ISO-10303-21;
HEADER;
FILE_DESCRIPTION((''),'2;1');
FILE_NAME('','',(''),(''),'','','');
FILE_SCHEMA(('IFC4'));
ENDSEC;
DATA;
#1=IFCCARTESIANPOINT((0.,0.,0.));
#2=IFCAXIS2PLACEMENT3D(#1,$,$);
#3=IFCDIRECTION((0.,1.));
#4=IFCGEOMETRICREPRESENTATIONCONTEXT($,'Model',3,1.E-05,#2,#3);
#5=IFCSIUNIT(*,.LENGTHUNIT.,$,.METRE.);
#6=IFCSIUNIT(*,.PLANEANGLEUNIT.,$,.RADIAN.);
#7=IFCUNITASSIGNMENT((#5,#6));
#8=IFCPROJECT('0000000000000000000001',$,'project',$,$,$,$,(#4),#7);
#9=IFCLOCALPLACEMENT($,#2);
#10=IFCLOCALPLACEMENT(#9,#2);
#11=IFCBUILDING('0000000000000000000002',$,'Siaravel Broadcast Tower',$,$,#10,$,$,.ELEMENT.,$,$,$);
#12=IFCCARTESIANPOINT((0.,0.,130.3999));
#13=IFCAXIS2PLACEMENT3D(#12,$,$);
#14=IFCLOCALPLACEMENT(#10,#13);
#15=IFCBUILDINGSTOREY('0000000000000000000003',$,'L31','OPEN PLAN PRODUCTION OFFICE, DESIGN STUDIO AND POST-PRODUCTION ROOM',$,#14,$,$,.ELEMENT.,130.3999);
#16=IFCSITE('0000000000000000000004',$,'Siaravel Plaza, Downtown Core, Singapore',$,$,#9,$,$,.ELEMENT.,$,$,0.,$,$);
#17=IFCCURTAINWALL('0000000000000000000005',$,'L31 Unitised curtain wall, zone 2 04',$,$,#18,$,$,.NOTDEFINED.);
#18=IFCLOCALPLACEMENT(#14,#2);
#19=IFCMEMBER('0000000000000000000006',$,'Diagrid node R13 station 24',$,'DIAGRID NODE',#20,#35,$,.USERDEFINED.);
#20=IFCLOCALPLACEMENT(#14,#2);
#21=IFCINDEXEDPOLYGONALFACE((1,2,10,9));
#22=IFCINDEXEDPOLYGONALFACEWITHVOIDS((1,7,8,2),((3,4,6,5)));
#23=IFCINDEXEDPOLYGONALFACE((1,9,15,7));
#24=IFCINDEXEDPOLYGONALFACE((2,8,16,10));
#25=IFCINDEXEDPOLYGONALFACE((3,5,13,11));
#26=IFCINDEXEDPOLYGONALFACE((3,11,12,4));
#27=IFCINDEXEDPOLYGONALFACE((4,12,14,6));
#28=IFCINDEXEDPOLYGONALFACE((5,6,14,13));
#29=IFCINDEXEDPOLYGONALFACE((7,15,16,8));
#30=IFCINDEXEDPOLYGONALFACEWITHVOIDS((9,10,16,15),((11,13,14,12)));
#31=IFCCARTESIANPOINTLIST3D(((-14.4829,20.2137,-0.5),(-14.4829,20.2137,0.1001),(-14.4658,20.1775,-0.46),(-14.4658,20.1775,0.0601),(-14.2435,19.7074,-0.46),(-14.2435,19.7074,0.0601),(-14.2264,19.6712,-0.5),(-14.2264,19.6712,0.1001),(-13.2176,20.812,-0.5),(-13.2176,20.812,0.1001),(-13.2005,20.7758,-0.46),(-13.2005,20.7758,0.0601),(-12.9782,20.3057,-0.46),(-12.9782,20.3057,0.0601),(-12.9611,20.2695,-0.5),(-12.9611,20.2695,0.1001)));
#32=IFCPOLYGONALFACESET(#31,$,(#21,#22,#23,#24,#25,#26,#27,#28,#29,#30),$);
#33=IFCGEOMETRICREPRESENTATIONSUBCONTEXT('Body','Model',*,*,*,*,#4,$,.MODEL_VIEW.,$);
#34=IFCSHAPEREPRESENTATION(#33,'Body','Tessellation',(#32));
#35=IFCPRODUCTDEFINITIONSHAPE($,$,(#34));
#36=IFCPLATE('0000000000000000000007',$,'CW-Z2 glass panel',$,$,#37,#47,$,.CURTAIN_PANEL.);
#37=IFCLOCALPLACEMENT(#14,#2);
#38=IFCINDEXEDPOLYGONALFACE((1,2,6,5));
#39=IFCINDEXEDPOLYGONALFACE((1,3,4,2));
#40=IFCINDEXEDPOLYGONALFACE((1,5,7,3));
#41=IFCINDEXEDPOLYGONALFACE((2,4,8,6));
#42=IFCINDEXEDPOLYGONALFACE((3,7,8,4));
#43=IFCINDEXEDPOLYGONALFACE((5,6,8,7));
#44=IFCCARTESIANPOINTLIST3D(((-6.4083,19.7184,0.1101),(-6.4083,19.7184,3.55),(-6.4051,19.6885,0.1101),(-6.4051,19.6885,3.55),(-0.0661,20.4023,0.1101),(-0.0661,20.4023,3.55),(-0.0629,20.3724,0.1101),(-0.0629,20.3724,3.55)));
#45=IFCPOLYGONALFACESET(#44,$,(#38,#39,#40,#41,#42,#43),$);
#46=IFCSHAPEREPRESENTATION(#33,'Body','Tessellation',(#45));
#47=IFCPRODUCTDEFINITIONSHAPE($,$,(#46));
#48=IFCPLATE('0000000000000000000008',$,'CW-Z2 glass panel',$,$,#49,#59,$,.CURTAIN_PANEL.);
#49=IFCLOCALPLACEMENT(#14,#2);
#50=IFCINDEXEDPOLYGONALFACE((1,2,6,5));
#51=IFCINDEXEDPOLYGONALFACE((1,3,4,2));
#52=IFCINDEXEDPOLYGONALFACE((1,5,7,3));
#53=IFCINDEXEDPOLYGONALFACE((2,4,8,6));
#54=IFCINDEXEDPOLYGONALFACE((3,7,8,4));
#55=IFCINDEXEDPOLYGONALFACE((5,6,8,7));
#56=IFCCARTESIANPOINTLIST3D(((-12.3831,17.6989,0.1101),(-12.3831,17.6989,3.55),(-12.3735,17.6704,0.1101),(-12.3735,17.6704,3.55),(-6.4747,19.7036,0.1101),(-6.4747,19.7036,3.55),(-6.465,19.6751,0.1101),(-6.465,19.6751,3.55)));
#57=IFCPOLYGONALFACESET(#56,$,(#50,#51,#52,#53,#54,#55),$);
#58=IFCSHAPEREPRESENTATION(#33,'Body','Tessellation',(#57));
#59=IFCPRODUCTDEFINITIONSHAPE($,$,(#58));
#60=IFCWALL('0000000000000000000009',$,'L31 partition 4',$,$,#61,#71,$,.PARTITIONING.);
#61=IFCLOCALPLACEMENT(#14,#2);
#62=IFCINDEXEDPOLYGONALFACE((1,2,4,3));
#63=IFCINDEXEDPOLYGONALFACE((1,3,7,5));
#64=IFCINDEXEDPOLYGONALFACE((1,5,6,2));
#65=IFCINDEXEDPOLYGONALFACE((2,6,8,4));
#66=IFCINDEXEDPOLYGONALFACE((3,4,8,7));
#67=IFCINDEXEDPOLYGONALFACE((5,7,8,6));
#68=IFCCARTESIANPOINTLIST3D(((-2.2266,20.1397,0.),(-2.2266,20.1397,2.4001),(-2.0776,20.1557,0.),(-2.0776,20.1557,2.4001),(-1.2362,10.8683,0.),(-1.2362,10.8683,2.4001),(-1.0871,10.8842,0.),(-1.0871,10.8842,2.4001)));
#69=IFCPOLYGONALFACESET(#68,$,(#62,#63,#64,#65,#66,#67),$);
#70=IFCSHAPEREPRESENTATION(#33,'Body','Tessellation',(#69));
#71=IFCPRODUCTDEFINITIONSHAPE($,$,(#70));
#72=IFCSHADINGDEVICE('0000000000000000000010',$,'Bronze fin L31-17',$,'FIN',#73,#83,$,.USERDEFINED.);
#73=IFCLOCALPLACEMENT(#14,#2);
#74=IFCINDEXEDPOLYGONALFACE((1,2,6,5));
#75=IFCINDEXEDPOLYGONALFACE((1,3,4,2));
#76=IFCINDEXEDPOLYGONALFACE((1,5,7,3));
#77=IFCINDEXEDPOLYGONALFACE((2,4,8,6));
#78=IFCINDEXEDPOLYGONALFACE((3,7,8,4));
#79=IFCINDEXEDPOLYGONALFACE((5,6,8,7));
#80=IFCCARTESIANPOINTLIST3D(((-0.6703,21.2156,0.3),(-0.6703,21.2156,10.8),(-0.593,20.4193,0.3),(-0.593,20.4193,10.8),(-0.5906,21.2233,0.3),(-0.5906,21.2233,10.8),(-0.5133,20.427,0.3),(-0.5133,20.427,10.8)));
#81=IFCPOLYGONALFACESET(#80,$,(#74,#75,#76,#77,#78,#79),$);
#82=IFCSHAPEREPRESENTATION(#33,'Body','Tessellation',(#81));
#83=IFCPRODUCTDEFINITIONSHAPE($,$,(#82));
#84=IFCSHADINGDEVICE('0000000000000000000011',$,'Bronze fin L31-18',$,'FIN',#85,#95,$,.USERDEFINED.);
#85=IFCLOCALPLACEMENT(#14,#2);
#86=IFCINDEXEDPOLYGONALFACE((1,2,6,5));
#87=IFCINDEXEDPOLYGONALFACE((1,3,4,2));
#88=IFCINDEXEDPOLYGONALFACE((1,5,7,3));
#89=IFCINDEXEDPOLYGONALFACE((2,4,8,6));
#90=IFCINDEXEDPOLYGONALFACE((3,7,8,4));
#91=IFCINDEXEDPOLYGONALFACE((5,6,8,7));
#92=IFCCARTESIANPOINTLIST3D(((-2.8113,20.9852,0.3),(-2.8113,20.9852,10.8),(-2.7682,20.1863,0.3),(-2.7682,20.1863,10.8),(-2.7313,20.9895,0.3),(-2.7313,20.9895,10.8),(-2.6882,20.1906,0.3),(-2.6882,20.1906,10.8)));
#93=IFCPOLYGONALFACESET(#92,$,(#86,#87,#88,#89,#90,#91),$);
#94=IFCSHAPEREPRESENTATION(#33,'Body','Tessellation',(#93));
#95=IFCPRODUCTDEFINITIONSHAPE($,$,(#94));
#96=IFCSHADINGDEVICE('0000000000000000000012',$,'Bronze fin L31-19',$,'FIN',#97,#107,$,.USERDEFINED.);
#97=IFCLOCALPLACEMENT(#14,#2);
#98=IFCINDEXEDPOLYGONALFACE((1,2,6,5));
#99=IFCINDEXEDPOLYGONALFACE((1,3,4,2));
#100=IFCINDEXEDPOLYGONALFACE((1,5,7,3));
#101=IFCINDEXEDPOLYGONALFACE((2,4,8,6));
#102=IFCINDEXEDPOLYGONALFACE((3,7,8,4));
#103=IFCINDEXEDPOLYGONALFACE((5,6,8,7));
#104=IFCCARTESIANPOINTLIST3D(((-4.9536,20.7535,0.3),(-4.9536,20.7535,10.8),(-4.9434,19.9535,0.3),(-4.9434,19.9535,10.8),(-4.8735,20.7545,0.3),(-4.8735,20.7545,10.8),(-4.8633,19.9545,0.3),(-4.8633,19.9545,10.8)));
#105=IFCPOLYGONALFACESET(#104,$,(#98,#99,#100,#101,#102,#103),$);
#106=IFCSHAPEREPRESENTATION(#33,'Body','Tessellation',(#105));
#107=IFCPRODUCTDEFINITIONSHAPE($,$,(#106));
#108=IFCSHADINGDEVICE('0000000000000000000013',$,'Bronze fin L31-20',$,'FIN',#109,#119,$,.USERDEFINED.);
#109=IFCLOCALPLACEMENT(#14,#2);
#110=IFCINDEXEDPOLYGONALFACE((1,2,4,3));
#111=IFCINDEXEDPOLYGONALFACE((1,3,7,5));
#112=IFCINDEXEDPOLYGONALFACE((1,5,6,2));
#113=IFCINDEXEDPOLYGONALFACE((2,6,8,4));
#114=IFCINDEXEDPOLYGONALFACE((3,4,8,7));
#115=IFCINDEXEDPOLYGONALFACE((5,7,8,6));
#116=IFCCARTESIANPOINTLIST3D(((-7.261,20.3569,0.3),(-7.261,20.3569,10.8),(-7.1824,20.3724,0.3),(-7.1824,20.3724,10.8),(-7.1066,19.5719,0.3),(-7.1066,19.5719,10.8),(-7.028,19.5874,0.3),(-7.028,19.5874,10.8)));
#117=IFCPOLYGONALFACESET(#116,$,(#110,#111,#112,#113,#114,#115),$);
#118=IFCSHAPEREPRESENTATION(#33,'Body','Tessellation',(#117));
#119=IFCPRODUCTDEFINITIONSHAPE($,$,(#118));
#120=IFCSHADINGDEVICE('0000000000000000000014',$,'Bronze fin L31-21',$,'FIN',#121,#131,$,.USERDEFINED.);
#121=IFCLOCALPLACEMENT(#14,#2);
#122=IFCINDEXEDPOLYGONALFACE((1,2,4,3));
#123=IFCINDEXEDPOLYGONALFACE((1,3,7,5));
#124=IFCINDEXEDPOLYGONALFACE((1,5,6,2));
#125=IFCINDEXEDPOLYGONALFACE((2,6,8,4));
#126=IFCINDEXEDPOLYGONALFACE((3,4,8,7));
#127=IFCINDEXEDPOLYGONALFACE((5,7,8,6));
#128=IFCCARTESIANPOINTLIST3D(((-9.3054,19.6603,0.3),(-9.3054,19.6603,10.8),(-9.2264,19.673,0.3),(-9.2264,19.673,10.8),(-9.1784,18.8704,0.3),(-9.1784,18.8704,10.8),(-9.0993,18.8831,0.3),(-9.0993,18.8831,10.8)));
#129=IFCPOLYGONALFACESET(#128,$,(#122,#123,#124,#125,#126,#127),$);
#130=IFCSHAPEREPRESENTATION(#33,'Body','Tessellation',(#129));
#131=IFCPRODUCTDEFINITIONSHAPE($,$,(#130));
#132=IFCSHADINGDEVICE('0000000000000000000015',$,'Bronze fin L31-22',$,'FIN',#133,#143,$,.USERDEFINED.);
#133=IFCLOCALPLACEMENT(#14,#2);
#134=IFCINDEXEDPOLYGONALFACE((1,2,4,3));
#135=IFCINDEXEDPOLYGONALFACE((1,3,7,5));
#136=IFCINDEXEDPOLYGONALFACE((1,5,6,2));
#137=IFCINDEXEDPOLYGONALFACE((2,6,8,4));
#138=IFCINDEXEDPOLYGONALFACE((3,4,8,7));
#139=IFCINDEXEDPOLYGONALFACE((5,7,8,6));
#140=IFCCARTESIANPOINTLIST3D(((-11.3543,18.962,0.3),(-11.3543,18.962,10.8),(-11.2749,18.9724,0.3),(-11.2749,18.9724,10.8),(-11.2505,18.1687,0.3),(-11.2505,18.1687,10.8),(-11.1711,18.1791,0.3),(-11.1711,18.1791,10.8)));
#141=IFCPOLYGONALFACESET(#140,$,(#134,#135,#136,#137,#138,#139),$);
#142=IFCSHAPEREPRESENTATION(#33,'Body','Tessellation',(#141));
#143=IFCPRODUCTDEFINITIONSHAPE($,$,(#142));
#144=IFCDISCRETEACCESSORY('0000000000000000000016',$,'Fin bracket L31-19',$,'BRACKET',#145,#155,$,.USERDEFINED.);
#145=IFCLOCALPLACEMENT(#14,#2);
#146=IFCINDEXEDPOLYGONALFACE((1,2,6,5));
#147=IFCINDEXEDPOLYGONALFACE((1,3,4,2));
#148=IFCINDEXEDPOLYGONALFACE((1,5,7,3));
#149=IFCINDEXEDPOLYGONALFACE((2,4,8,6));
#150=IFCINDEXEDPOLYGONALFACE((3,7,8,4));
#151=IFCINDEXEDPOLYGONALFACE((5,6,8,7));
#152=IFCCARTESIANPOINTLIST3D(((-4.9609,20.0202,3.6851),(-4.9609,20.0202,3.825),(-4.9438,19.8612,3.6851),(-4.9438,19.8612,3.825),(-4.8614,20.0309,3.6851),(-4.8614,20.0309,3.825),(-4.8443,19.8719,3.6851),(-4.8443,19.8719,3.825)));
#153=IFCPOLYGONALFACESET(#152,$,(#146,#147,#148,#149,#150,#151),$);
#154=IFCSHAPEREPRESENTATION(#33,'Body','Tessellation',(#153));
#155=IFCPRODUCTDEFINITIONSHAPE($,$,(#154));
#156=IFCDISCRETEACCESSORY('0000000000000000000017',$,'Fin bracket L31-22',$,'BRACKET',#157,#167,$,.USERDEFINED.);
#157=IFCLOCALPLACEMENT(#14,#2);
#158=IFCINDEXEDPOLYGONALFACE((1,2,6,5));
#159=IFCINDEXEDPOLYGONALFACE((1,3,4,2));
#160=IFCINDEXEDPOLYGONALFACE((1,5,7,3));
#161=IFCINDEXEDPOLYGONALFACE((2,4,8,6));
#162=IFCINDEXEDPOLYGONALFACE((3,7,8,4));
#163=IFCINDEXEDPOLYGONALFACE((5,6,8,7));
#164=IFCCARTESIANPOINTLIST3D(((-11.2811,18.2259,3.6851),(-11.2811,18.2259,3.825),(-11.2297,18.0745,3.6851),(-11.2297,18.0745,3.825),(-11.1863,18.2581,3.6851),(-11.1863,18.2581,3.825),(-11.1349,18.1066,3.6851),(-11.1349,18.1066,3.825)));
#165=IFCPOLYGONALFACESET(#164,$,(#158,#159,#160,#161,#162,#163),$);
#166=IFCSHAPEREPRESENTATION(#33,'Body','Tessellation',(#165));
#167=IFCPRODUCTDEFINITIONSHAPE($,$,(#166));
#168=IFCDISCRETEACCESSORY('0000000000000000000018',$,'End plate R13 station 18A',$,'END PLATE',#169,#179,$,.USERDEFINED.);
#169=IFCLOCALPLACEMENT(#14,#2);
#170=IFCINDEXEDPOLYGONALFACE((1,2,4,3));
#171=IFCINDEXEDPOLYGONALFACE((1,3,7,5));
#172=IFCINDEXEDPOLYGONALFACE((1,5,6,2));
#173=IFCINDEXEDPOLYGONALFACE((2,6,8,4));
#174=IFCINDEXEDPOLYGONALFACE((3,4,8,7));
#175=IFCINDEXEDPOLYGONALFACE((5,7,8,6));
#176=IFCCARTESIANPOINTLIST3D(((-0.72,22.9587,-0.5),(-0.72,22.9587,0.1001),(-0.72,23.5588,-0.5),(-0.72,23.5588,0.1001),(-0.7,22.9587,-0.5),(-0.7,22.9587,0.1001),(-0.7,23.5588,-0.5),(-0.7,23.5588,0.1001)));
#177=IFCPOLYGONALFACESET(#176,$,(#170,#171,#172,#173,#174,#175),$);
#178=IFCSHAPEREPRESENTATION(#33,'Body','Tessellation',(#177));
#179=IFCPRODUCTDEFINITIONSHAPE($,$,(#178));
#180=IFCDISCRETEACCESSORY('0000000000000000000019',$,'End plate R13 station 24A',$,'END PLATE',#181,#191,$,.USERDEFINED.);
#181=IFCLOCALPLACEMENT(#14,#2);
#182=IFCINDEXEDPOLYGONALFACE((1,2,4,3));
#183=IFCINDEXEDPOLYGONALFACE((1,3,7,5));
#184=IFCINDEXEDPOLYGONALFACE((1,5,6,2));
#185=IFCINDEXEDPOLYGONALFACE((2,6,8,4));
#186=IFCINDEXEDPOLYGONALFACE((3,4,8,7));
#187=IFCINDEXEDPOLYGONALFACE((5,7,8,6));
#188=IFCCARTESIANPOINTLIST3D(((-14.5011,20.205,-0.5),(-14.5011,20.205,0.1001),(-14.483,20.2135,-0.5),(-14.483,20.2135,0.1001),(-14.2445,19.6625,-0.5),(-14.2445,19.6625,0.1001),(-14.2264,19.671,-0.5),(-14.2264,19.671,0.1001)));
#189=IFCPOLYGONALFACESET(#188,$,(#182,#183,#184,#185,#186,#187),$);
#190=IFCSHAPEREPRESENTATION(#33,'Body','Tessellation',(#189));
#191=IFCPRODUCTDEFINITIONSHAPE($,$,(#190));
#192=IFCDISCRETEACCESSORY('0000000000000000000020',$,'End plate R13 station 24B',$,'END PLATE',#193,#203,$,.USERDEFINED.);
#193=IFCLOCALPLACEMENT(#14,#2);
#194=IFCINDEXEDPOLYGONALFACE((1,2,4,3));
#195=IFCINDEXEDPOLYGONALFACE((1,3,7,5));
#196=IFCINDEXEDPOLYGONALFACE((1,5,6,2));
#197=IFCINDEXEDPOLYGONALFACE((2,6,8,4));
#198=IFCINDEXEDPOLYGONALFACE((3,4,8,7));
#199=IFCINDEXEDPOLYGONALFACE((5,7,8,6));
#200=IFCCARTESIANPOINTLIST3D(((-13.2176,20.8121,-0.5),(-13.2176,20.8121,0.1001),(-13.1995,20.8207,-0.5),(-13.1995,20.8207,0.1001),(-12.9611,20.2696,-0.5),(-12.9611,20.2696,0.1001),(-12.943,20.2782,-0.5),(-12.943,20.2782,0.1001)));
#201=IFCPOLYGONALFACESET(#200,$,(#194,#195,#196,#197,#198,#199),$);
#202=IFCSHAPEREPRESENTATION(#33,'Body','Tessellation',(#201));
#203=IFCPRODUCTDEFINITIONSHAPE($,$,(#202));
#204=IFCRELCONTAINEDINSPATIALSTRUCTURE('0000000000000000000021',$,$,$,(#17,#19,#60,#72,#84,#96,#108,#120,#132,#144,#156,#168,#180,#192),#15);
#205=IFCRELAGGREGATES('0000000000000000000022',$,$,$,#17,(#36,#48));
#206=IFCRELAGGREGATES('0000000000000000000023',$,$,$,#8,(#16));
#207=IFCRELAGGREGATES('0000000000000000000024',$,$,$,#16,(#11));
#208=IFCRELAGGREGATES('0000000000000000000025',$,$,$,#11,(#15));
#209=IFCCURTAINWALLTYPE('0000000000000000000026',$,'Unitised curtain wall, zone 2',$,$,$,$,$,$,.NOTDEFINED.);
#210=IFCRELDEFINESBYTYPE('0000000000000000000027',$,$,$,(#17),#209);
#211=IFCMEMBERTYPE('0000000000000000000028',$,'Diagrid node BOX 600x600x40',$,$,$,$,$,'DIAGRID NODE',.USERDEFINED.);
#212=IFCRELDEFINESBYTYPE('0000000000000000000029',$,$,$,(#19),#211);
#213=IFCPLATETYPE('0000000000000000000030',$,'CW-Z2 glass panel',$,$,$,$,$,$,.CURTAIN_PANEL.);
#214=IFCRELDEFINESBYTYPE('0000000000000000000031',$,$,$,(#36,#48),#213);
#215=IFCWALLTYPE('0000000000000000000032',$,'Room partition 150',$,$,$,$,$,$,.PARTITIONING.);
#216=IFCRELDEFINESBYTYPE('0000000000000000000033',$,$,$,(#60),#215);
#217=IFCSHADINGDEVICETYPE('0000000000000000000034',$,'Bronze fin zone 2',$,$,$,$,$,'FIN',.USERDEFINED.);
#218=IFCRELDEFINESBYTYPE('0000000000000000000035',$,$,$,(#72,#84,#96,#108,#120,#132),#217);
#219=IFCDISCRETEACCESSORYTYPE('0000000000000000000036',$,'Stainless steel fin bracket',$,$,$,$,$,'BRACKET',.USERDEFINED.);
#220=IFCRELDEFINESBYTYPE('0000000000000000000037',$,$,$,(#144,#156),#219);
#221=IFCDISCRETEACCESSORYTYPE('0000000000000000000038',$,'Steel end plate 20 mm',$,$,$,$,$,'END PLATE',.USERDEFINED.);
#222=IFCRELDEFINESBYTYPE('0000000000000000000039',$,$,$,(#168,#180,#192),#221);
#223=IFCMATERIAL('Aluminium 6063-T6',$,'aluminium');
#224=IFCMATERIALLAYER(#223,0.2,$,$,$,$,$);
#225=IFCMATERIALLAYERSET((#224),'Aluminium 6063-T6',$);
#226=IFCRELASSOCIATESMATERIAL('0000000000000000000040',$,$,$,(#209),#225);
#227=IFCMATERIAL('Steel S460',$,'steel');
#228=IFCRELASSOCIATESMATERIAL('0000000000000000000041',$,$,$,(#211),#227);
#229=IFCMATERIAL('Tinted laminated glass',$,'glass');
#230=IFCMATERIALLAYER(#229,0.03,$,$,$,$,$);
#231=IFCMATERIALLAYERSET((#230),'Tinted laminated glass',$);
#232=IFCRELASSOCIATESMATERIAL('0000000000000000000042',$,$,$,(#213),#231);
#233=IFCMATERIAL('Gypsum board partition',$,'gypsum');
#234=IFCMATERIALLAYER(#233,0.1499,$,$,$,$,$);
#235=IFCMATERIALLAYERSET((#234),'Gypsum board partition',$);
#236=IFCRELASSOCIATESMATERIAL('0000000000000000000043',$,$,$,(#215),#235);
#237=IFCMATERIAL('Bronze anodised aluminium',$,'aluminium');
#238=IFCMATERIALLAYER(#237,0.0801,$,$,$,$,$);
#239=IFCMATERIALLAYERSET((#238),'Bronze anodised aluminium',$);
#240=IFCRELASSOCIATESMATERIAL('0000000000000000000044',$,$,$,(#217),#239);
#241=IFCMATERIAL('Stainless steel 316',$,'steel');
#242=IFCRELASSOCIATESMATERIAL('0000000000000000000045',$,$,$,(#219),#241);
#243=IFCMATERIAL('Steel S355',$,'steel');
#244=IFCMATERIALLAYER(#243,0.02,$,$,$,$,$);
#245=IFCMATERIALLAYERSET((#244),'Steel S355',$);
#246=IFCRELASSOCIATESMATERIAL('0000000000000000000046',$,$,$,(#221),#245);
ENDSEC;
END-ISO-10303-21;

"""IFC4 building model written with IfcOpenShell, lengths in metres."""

from ifc_helpers import new_model, si_unit, direction, frame, frame_2d, origin, origin_2d, place, context, subcontext, project, spatial, rectangle, hollow_rectangle, extrude, material, layer, layer_set, material_profile, profile_set, type_object, element, aggregate, save


model = new_model("IFC4")

# Units and contexts
model_context = context("Model", 3, precision=1e-05, world=origin(), true_north=direction((0.0, 1.0)))
body_context = subcontext(model_context, "Body", "Model", "MODEL_VIEW")
ifc_project = project(units=[si_unit("LENGTHUNIT", "METRE"), si_unit("PLANEANGLEUNIT", "RADIAN")], contexts=[model_context])

# Site, building, storey
site_placement = place(None, origin())
site = spatial("IfcSite", under=ifc_project, at=site_placement, Name="Siaravel Plaza, Downtown Core, Singapore", CompositionType="ELEMENT", RefElevation=0.0)
building_placement = place(site_placement, origin())
building = spatial("IfcBuilding", under=site, at=building_placement, Name="Siaravel Broadcast Tower", CompositionType="ELEMENT")
storey_placement = place(building_placement, frame((0.0, 0.0, 130.3999)))
storey = spatial("IfcBuildingStorey", under=building, at=storey_placement, Name="L31", Description="OPEN PLAN PRODUCTION OFFICE, DESIGN STUDIO AND POST-PRODUCTION ROOM", CompositionType="ELEMENT", Elevation=130.3999)

# Shared definitions
ifc_material_1 = material(Name="Steel S355", Category="steel")

# Curtain wall
ifc_material_2 = material(Name="Aluminium 6063-T6", Category="aluminium")
ifc_layer_1 = layer(ifc_material_2, 0.2)
ifc_layer_set_1 = layer_set([ifc_layer_1], Name="Aluminium 6063-T6")
curtain_wall_type = type_object("IfcCurtainWallType", Name="Unitised curtain wall, zone 2", PredefinedType="NOTDEFINED", material=ifc_layer_set_1)
curtain_wall_placement = place(storey_placement, origin())
curtain_wall = element("IfcCurtainWall", 1, at=curtain_wall_placement, inside=storey, type_object=curtain_wall_type, Name="L31 Unitised curtain wall, zone 2 04", PredefinedType="NOTDEFINED")

# Member
ifc_material_3 = material(Name="Steel S460", Category="steel")
ifc_material_profile_1 = material_profile(ifc_material_3, hollow_rectangle(XDim=0.6001, YDim=0.6001, WallThickness=0.04, at=origin_2d()))
ifc_profile_set_1 = profile_set([ifc_material_profile_1], Name="Steel S460")
member_type_1 = type_object("IfcMemberType", Name="Diagrid node BOX 600x600x40", ElementType="DIAGRID NODE", PredefinedType="USERDEFINED", material=ifc_profile_set_1)
member_1_placement = place(storey_placement, frame((-13.0894, 20.5408, -0.2), z_axis=(-0.904015, -0.427501, 0.0), x_axis=(0.427501, -0.904015, 0.0)))
element("IfcMember", 2, at=member_1_placement, inside=storey, type_object=member_type_1, Name="Diagrid node R13 station 24", ObjectType="DIAGRID NODE", PredefinedType="USERDEFINED", context=body_context, shape_type="SweptSolid", body=[
    extrude(hollow_rectangle(XDim=0.6001, YDim=0.6001, WallThickness=0.04, at=origin_2d()), origin(), (0.0, 0.0, 1.0), 1.3997),
])

# Plates
ifc_material_4 = material(Name="Tinted laminated glass", Category="glass")
ifc_layer_2 = layer(ifc_material_4, 0.03)
ifc_layer_set_2 = layer_set([ifc_layer_2], Name="Tinted laminated glass")
plate_type = type_object("IfcPlateType", Name="CW-Z2 glass panel", PredefinedType="CURTAIN_PANEL", material=ifc_layer_set_2)
plate_1_placement = place(storey_placement, frame((-3.2356, 20.0454, 0.1101), z_axis=(0.0, 0.0, 1.0), x_axis=(-0.994236, -0.107218, 0.0)))
plate_1 = element("IfcPlate", 3, at=plate_1_placement, type_object=plate_type, Name="CW-Z2 glass panel", PredefinedType="CURTAIN_PANEL", context=body_context, shape_type="SweptSolid", body=[
    extrude(rectangle(XDim=6.3789, YDim=0.03, at=origin_2d()), origin(), (0.0, 0.0, 1.0), 3.4399),
])
plate_2_placement = place(storey_placement, frame((-9.4241, 18.687, 0.1101), z_axis=(0.0, 0.0, 1.0), x_axis=(-0.946977, -0.321302, 0.0)))
plate_2 = element("IfcPlate", 4, at=plate_2_placement, type_object=plate_type, Name="CW-Z2 glass panel", PredefinedType="CURTAIN_PANEL", context=body_context, shape_type="SweptSolid", body=[
    extrude(rectangle(XDim=6.2393, YDim=0.03, at=origin_2d()), origin(), (0.0, 0.0, 1.0), 3.4399),
])
aggregate(curtain_wall, [plate_1, plate_2])

# Wall
ifc_material_5 = material(Name="Gypsum board partition", Category="gypsum")
ifc_layer_3 = layer(ifc_material_5, 0.1499)
ifc_layer_set_3 = layer_set([ifc_layer_3], Name="Gypsum board partition")
wall_type = type_object("IfcWallType", Name="Room partition 150", PredefinedType="PARTITIONING", material=ifc_layer_set_3)
wall_placement = place(storey_placement, frame((-2.1521, 20.1477, 0.0), z_axis=(0.0, 0.0, 1.0), x_axis=(0.106226, -0.994342, 0.0)))
element("IfcWall", 5, at=wall_placement, inside=storey, type_object=wall_type, Name="L31 partition 4", PredefinedType="PARTITIONING", context=body_context, shape_type="SweptSolid", body=[
    extrude(rectangle(XDim=9.3242, YDim=0.1499, at=frame_2d((4.6621, 0.0))), origin(), (0.0, 0.0, 1.0), 2.4001),
])

# Shading devices
ifc_material_6 = material(Name="Bronze anodised aluminium", Category="aluminium")
ifc_layer_4 = layer(ifc_material_6, 0.0801)
ifc_layer_set_4 = layer_set([ifc_layer_4], Name="Bronze anodised aluminium")
shading_device_type = type_object("IfcShadingDeviceType", Name="Bronze fin zone 2", ElementType="FIN", PredefinedType="USERDEFINED", material=ifc_layer_set_4)
for number, where, z_axis, x_axis, name in (
    (6, (-0.5918, 20.8213, 0.3), (0.0, 0.0, 1.0), (-0.096575, 0.995326, 0.0), "Bronze fin L31-17"),
    (7, (-2.7498, 20.5879, 0.3), (0.0, 0.0, 1.0), (-0.053912, 0.998546, 0.0), "Bronze fin L31-18"),
    (8, (-4.9084, 20.354, 0.3), (0.0, 0.0, 1.0), (-0.012674, 0.99992, 0.0), "Bronze fin L31-19"),
    (9, (-7.1445, 19.9722, 0.3), (0.0, 0.0, 1.0), (-0.192984, 0.981202, 0.0), "Bronze fin L31-20"),
    (10, (-9.2024, 19.2717, 0.3), (0.0, 0.0, 1.0), (-0.158804, 0.98731, 0.0), "Bronze fin L31-21"),
    (11, (-11.2627, 18.5706, 0.3), (0.0, 0.0, 1.0), (-0.129791, 0.991541, 0.0), "Bronze fin L31-22"),
):
    element("IfcShadingDevice", number, at=place(storey_placement, frame(where, z_axis=z_axis, x_axis=x_axis)), inside=storey, type_object=shading_device_type, Name=name, ObjectType="FIN", PredefinedType="USERDEFINED", context=body_context, shape_type="SweptSolid", body=[
        extrude(rectangle(XDim=0.8, YDim=0.0801, at=origin_2d()), origin(), (0.0, 0.0, 1.0), 10.5),
    ])

# Discrete accessories
ifc_material_7 = material(Name="Stainless steel 316", Category="steel")
discrete_accessory_type_1 = type_object("IfcDiscreteAccessoryType", Name="Stainless steel fin bracket", ElementType="BRACKET", PredefinedType="USERDEFINED", material=ifc_material_7)
for number, where, z_axis, x_axis, name in (
    (12, (-4.9026, 19.946, 3.6851), (0.0, 0.0, 1.0), (-0.107219, 0.994235, 0.0), "Fin bracket L31-19"),
    (13, (-11.208, 18.1663, 3.6851), (0.0, 0.0, 1.0), (-0.321302, 0.946977, 0.0), "Fin bracket L31-22"),
):
    element("IfcDiscreteAccessory", number, at=place(storey_placement, frame(where, z_axis=z_axis, x_axis=x_axis)), inside=storey, type_object=discrete_accessory_type_1, Name=name, ObjectType="BRACKET", PredefinedType="USERDEFINED", context=body_context, shape_type="SweptSolid", body=[
        extrude(rectangle(XDim=0.1599, YDim=0.1001, at=origin_2d()), origin(), (0.0, 0.0, 1.0), 0.1399),
    ])
ifc_layer_5 = layer(ifc_material_1, 0.02)
ifc_layer_set_5 = layer_set([ifc_layer_5], Name="Steel S355")
discrete_accessory_type_2 = type_object("IfcDiscreteAccessoryType", Name="Steel end plate 20 mm", ElementType="END PLATE", PredefinedType="USERDEFINED", material=ifc_layer_set_5)
for number, where, z_axis, x_axis, name in (
    (14, (-0.71, 23.2588, -0.5), (0.0, 0.0, 1.0), (-1.0, 0.0, 0.0), "End plate R13 station 18A"),
    (15, (-14.3638, 19.938, -0.5), (0.0, 0.0, 1.0), (-0.904007, -0.427517, 0.0), "End plate R13 station 24A"),
    (16, (-13.0803, 20.5452, -0.5), (0.0, 0.0, 1.0), (-0.904007, -0.427517, 0.0), "End plate R13 station 24B"),
):
    element("IfcDiscreteAccessory", number, at=place(storey_placement, frame(where, z_axis=z_axis, x_axis=x_axis)), inside=storey, type_object=discrete_accessory_type_2, Name=name, ObjectType="END PLATE", PredefinedType="USERDEFINED", context=body_context, shape_type="SweptSolid", body=[
        extrude(rectangle(XDim=0.02, YDim=0.6001, at=origin_2d()), origin(), (0.0, 0.0, 1.0), 0.6001),
    ])

save(model, "model.ifc")
